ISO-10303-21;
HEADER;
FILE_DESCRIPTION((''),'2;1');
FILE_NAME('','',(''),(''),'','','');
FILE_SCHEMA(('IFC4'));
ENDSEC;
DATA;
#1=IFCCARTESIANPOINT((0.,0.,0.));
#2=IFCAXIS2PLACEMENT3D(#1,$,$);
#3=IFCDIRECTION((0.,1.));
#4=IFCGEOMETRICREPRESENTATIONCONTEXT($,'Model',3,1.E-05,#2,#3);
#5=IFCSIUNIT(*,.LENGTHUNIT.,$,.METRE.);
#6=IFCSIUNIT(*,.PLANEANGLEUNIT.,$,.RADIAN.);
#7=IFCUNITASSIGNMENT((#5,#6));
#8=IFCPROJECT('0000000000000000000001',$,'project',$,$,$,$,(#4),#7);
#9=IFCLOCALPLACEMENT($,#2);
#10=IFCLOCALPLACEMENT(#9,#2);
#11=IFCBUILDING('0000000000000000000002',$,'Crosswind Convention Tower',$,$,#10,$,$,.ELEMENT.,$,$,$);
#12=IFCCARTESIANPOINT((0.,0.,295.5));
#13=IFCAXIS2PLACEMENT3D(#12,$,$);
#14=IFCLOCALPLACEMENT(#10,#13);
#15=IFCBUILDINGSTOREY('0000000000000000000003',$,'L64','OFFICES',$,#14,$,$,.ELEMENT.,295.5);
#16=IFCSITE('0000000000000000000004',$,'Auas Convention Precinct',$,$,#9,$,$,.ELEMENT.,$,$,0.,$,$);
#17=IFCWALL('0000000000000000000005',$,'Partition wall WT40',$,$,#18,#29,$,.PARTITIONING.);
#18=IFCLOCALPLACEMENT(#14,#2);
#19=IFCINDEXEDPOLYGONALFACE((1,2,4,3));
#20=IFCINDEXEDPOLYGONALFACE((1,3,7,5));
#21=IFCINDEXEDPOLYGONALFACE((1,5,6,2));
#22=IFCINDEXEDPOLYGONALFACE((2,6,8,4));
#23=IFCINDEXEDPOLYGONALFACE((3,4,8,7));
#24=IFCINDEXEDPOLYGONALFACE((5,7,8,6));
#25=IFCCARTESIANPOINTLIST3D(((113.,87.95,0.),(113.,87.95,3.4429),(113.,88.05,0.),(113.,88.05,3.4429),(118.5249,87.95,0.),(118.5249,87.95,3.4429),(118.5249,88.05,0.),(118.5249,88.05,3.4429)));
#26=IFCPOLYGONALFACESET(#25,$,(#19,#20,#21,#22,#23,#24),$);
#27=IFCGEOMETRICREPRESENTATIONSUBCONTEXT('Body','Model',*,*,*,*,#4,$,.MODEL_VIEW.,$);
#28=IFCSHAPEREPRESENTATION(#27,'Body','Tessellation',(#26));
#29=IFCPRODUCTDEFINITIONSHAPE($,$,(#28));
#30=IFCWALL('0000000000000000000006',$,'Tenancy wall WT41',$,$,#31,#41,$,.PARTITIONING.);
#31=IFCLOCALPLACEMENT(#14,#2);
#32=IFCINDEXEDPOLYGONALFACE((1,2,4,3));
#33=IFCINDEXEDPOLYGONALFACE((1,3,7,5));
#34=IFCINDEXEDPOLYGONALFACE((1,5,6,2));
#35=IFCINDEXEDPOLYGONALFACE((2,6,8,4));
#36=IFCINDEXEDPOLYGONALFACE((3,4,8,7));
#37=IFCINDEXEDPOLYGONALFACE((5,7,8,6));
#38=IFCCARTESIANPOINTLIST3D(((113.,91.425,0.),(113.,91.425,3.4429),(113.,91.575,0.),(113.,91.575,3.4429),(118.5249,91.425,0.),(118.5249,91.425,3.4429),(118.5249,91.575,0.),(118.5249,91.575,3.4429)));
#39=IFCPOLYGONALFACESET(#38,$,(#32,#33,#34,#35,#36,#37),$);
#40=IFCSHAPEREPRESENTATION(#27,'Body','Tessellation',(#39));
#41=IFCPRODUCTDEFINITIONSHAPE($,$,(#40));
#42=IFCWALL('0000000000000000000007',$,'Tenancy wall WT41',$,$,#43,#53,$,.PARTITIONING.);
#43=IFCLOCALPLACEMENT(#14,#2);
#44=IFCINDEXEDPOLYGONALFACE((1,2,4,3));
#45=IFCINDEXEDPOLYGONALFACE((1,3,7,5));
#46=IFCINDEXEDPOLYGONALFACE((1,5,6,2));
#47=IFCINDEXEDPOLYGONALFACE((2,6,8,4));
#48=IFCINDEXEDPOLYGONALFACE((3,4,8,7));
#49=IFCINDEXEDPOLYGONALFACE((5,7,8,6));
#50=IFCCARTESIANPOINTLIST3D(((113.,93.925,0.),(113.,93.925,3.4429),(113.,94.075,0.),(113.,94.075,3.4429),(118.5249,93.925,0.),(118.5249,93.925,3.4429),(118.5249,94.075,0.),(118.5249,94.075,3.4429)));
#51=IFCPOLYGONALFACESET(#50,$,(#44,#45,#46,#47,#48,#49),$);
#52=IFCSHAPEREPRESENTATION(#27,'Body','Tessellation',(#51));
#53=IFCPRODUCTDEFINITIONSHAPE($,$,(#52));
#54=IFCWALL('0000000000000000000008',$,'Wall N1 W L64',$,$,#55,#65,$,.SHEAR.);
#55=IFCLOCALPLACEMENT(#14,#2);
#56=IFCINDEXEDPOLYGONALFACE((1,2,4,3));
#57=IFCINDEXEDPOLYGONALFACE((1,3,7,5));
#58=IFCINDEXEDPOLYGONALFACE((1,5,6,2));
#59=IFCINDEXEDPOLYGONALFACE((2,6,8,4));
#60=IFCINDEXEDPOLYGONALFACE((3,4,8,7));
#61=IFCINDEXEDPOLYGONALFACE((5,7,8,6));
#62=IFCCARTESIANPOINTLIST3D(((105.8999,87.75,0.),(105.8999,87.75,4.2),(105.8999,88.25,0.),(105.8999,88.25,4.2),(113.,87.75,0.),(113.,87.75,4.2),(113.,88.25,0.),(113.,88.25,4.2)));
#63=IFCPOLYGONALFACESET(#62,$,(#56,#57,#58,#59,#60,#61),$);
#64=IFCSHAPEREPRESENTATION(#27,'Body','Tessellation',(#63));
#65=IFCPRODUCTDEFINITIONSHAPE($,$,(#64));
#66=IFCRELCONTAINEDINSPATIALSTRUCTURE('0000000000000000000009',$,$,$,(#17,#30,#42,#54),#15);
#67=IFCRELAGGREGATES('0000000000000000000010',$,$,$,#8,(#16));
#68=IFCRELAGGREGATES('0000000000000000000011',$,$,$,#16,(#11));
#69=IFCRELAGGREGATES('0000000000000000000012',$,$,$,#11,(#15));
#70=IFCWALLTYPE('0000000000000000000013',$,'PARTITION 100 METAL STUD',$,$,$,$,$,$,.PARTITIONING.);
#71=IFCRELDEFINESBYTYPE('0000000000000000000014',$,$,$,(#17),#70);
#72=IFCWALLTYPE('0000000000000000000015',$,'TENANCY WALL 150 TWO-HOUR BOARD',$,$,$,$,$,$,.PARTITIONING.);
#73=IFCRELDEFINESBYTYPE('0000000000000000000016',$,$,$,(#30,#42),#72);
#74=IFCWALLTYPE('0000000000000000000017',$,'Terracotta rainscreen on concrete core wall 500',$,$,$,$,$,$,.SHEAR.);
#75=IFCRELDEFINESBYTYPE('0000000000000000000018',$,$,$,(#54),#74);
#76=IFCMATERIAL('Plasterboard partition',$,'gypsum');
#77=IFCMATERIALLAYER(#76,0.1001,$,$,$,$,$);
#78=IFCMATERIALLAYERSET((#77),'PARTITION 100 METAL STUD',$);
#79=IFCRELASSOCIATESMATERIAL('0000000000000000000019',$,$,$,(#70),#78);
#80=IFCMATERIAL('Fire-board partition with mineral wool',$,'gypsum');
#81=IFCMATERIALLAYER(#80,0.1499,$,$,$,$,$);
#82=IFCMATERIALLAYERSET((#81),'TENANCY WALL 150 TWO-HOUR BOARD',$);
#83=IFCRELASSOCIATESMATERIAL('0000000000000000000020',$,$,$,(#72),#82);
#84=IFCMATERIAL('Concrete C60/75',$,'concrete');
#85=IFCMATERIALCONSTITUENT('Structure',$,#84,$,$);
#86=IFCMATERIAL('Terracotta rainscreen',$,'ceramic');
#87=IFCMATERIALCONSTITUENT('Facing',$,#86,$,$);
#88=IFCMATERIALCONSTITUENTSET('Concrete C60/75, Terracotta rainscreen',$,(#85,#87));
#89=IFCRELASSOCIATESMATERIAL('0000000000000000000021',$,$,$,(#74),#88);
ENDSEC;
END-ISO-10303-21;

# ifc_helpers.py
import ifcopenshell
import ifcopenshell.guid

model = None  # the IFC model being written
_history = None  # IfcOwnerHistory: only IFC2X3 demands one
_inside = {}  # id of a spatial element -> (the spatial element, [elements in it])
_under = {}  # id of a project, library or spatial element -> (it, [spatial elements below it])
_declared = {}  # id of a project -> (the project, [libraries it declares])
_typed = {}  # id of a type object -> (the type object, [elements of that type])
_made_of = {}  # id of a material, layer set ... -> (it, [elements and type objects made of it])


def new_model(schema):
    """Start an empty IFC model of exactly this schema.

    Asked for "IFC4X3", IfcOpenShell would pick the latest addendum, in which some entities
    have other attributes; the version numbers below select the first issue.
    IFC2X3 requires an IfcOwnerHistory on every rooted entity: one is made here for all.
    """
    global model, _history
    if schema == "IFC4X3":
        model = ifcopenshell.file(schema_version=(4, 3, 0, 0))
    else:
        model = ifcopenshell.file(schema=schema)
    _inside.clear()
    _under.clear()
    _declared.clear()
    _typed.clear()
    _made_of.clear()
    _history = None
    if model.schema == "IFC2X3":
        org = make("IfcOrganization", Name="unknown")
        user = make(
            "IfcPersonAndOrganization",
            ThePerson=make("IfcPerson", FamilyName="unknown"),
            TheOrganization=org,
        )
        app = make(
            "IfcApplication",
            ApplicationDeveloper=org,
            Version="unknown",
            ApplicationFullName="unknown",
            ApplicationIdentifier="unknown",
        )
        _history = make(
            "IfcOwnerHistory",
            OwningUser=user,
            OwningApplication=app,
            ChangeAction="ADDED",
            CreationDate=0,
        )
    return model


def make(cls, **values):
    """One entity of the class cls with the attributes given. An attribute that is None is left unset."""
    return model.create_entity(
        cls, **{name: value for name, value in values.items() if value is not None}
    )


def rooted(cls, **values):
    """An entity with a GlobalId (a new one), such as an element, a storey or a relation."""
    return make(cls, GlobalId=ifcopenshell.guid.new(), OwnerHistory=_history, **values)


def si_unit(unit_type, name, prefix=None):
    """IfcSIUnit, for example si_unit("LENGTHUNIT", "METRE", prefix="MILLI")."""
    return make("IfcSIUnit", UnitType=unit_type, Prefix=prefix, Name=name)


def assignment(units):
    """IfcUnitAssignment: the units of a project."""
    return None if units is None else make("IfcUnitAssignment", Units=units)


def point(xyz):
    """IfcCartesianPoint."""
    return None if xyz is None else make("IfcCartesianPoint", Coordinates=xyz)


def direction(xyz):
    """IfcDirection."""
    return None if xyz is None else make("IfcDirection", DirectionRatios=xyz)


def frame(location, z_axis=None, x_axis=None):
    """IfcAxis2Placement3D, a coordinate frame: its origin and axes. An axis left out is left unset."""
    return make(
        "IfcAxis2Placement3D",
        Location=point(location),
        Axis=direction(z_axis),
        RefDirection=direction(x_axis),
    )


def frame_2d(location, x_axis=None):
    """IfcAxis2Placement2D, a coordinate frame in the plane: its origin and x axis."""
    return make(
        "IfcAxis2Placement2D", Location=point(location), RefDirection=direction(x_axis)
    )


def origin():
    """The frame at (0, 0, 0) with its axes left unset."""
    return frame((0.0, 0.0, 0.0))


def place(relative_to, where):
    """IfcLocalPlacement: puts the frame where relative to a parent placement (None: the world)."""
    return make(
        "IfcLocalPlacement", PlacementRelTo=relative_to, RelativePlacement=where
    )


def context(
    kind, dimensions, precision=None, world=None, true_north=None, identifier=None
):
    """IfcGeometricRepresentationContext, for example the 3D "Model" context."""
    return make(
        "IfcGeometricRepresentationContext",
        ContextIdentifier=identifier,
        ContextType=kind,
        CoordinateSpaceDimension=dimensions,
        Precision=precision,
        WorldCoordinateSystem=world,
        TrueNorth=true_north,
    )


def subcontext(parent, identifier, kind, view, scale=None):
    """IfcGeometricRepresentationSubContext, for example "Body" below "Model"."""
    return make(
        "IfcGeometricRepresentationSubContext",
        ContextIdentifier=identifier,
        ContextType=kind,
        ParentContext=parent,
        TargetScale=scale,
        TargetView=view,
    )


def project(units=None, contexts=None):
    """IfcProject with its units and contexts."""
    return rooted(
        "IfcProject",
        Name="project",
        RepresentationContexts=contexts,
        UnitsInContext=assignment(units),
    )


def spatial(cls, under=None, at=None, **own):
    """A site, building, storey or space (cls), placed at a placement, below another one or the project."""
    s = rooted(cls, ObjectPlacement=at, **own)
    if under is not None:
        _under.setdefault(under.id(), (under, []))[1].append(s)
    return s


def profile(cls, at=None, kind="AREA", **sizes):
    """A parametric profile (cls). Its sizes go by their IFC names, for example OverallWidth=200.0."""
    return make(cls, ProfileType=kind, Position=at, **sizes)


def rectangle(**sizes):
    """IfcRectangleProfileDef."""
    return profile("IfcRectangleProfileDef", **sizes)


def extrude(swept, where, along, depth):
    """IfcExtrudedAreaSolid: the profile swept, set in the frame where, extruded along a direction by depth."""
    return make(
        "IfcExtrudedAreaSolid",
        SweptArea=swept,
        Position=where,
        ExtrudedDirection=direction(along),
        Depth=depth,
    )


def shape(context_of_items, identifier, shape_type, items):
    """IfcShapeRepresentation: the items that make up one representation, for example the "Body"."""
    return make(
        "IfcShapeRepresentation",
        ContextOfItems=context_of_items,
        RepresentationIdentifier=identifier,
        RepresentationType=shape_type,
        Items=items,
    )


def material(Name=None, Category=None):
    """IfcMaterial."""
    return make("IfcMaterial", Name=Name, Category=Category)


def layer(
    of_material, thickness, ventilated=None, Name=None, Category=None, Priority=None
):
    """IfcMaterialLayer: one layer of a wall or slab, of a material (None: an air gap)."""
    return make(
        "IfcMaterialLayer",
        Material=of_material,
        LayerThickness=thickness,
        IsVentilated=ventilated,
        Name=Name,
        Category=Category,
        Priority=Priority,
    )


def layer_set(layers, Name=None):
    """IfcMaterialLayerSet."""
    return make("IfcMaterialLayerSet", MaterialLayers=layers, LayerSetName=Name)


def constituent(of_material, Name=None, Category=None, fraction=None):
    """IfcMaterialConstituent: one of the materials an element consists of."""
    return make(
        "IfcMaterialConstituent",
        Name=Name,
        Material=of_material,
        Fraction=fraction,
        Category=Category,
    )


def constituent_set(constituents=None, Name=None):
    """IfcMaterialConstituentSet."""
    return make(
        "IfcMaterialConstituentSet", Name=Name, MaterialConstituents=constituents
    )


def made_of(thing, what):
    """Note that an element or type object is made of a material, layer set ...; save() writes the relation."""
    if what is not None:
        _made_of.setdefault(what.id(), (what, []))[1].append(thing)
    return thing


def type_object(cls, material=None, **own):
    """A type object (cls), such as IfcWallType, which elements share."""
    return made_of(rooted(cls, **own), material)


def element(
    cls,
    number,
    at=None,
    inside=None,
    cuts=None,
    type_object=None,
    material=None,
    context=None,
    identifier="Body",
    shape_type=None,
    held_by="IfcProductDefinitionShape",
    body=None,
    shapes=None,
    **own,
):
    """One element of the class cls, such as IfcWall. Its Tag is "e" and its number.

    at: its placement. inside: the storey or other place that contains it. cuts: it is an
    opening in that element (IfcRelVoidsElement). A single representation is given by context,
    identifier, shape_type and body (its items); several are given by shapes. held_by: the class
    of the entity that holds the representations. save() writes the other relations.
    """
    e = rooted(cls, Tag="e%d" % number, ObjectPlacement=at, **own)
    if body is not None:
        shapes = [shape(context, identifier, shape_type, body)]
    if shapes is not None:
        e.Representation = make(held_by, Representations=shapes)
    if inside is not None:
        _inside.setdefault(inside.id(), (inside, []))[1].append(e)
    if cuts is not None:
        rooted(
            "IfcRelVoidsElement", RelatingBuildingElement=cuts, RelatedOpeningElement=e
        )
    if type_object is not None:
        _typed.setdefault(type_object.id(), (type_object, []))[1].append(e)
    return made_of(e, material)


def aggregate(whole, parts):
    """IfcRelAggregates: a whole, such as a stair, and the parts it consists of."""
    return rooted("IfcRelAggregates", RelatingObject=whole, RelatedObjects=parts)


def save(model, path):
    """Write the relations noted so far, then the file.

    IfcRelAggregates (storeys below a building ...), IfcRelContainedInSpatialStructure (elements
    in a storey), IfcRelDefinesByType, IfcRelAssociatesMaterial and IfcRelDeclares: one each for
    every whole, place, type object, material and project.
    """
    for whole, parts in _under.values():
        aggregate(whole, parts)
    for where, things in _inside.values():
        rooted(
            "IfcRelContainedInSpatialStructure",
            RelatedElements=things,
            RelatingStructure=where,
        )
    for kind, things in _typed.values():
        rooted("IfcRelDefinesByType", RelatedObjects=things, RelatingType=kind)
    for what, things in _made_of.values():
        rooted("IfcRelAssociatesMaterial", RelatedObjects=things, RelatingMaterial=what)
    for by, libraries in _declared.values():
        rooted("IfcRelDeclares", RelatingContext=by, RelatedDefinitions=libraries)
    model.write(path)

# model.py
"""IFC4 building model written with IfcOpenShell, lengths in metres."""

from ifc_helpers import new_model, si_unit, direction, frame, frame_2d, origin, place, context, subcontext, project, spatial, rectangle, extrude, material, layer, layer_set, constituent, constituent_set, type_object, element, save


model = new_model("IFC4")

# Units and contexts
model_context = context("Model", 3, precision=1e-05, world=origin(), true_north=direction((0.0, 1.0)))
body_context = subcontext(model_context, "Body", "Model", "MODEL_VIEW")
ifc_project = project(units=[si_unit("LENGTHUNIT", "METRE"), si_unit("PLANEANGLEUNIT", "RADIAN")], contexts=[model_context])

# Site, building, storey
site_placement = place(None, origin())
site = spatial("IfcSite", under=ifc_project, at=site_placement, Name="Auas Convention Precinct", CompositionType="ELEMENT", RefElevation=0.0)
building_placement = place(site_placement, origin())
building = spatial("IfcBuilding", under=site, at=building_placement, Name="Crosswind Convention Tower", CompositionType="ELEMENT")
storey_placement = place(building_placement, frame((0.0, 0.0, 295.5)))
storey = spatial("IfcBuildingStorey", under=building, at=storey_placement, Name="L64", Description="OFFICES", CompositionType="ELEMENT", Elevation=295.5)

# Shared definitions
ifc_material_1 = material(Name="Concrete C60/75", Category="concrete")

# Walls
ifc_material_2 = material(Name="Plasterboard partition", Category="gypsum")
ifc_layer_1 = layer(ifc_material_2, 0.1001)
ifc_layer_set_1 = layer_set([ifc_layer_1], Name="PARTITION 100 METAL STUD")
wall_type_1 = type_object("IfcWallType", Name="PARTITION 100 METAL STUD", PredefinedType="PARTITIONING", material=ifc_layer_set_1)
wall_1_placement = place(storey_placement, frame((113.0, 88.0, 0.0), z_axis=(0.0, 0.0, 1.0), x_axis=(1.0, 0.0, 0.0)))
element("IfcWall", 1, at=wall_1_placement, inside=storey, type_object=wall_type_1, Name="Partition wall WT40", PredefinedType="PARTITIONING", context=body_context, shape_type="SweptSolid", body=[
    extrude(rectangle(XDim=5.5249, YDim=0.1001, at=frame_2d((2.7625, 0.0))), origin(), (0.0, 0.0, 1.0), 3.4429),
])
ifc_material_3 = material(Name="Fire-board partition with mineral wool", Category="gypsum")
ifc_layer_2 = layer(ifc_material_3, 0.1499)
ifc_layer_set_2 = layer_set([ifc_layer_2], Name="TENANCY WALL 150 TWO-HOUR BOARD")
wall_type_2 = type_object("IfcWallType", Name="TENANCY WALL 150 TWO-HOUR BOARD", PredefinedType="PARTITIONING", material=ifc_layer_set_2)
for number, where, z_axis, x_axis, name in (
    (2, (113.0, 91.5, 0.0), (0.0, 0.0, 1.0), (1.0, 0.0, 0.0), "Tenancy wall WT41"),
    (3, (113.0, 94.0, 0.0), (0.0, 0.0, 1.0), (1.0, 0.0, 0.0), "Tenancy wall WT41"),
):
    element("IfcWall", number, at=place(storey_placement, frame(where, z_axis=z_axis, x_axis=x_axis)), inside=storey, type_object=wall_type_2, Name=name, PredefinedType="PARTITIONING", context=body_context, shape_type="SweptSolid", body=[
        extrude(rectangle(XDim=5.5249, YDim=0.1499, at=frame_2d((2.7625, 0.0))), origin(), (0.0, 0.0, 1.0), 3.4429),
    ])
ifc_constituent_1 = constituent(ifc_material_1, Name="Structure")
ifc_material_4 = material(Name="Terracotta rainscreen", Category="ceramic")
ifc_constituent_2 = constituent(ifc_material_4, Name="Facing")
ifc_constituent_set = constituent_set(constituents=[ifc_constituent_1, ifc_constituent_2], Name="Concrete C60/75, Terracotta rainscreen")
wall_type_3 = type_object("IfcWallType", Name="Terracotta rainscreen on concrete core wall 500", PredefinedType="SHEAR", material=ifc_constituent_set)
wall_2_placement = place(storey_placement, frame((113.0, 88.0, 0.0), z_axis=(0.0, 0.0, 1.0), x_axis=(-1.0, 0.0, 0.0)))
element("IfcWall", 4, at=wall_2_placement, inside=storey, type_object=wall_type_3, Name="Wall N1 W L64", PredefinedType="SHEAR", context=body_context, shape_type="SweptSolid", body=[
    extrude(rectangle(XDim=7.1001, YDim=0.5, at=frame_2d((3.55, 0.0))), origin(), (0.0, 0.0, 1.0), 4.2),
])

save(model, "model.ifc")
